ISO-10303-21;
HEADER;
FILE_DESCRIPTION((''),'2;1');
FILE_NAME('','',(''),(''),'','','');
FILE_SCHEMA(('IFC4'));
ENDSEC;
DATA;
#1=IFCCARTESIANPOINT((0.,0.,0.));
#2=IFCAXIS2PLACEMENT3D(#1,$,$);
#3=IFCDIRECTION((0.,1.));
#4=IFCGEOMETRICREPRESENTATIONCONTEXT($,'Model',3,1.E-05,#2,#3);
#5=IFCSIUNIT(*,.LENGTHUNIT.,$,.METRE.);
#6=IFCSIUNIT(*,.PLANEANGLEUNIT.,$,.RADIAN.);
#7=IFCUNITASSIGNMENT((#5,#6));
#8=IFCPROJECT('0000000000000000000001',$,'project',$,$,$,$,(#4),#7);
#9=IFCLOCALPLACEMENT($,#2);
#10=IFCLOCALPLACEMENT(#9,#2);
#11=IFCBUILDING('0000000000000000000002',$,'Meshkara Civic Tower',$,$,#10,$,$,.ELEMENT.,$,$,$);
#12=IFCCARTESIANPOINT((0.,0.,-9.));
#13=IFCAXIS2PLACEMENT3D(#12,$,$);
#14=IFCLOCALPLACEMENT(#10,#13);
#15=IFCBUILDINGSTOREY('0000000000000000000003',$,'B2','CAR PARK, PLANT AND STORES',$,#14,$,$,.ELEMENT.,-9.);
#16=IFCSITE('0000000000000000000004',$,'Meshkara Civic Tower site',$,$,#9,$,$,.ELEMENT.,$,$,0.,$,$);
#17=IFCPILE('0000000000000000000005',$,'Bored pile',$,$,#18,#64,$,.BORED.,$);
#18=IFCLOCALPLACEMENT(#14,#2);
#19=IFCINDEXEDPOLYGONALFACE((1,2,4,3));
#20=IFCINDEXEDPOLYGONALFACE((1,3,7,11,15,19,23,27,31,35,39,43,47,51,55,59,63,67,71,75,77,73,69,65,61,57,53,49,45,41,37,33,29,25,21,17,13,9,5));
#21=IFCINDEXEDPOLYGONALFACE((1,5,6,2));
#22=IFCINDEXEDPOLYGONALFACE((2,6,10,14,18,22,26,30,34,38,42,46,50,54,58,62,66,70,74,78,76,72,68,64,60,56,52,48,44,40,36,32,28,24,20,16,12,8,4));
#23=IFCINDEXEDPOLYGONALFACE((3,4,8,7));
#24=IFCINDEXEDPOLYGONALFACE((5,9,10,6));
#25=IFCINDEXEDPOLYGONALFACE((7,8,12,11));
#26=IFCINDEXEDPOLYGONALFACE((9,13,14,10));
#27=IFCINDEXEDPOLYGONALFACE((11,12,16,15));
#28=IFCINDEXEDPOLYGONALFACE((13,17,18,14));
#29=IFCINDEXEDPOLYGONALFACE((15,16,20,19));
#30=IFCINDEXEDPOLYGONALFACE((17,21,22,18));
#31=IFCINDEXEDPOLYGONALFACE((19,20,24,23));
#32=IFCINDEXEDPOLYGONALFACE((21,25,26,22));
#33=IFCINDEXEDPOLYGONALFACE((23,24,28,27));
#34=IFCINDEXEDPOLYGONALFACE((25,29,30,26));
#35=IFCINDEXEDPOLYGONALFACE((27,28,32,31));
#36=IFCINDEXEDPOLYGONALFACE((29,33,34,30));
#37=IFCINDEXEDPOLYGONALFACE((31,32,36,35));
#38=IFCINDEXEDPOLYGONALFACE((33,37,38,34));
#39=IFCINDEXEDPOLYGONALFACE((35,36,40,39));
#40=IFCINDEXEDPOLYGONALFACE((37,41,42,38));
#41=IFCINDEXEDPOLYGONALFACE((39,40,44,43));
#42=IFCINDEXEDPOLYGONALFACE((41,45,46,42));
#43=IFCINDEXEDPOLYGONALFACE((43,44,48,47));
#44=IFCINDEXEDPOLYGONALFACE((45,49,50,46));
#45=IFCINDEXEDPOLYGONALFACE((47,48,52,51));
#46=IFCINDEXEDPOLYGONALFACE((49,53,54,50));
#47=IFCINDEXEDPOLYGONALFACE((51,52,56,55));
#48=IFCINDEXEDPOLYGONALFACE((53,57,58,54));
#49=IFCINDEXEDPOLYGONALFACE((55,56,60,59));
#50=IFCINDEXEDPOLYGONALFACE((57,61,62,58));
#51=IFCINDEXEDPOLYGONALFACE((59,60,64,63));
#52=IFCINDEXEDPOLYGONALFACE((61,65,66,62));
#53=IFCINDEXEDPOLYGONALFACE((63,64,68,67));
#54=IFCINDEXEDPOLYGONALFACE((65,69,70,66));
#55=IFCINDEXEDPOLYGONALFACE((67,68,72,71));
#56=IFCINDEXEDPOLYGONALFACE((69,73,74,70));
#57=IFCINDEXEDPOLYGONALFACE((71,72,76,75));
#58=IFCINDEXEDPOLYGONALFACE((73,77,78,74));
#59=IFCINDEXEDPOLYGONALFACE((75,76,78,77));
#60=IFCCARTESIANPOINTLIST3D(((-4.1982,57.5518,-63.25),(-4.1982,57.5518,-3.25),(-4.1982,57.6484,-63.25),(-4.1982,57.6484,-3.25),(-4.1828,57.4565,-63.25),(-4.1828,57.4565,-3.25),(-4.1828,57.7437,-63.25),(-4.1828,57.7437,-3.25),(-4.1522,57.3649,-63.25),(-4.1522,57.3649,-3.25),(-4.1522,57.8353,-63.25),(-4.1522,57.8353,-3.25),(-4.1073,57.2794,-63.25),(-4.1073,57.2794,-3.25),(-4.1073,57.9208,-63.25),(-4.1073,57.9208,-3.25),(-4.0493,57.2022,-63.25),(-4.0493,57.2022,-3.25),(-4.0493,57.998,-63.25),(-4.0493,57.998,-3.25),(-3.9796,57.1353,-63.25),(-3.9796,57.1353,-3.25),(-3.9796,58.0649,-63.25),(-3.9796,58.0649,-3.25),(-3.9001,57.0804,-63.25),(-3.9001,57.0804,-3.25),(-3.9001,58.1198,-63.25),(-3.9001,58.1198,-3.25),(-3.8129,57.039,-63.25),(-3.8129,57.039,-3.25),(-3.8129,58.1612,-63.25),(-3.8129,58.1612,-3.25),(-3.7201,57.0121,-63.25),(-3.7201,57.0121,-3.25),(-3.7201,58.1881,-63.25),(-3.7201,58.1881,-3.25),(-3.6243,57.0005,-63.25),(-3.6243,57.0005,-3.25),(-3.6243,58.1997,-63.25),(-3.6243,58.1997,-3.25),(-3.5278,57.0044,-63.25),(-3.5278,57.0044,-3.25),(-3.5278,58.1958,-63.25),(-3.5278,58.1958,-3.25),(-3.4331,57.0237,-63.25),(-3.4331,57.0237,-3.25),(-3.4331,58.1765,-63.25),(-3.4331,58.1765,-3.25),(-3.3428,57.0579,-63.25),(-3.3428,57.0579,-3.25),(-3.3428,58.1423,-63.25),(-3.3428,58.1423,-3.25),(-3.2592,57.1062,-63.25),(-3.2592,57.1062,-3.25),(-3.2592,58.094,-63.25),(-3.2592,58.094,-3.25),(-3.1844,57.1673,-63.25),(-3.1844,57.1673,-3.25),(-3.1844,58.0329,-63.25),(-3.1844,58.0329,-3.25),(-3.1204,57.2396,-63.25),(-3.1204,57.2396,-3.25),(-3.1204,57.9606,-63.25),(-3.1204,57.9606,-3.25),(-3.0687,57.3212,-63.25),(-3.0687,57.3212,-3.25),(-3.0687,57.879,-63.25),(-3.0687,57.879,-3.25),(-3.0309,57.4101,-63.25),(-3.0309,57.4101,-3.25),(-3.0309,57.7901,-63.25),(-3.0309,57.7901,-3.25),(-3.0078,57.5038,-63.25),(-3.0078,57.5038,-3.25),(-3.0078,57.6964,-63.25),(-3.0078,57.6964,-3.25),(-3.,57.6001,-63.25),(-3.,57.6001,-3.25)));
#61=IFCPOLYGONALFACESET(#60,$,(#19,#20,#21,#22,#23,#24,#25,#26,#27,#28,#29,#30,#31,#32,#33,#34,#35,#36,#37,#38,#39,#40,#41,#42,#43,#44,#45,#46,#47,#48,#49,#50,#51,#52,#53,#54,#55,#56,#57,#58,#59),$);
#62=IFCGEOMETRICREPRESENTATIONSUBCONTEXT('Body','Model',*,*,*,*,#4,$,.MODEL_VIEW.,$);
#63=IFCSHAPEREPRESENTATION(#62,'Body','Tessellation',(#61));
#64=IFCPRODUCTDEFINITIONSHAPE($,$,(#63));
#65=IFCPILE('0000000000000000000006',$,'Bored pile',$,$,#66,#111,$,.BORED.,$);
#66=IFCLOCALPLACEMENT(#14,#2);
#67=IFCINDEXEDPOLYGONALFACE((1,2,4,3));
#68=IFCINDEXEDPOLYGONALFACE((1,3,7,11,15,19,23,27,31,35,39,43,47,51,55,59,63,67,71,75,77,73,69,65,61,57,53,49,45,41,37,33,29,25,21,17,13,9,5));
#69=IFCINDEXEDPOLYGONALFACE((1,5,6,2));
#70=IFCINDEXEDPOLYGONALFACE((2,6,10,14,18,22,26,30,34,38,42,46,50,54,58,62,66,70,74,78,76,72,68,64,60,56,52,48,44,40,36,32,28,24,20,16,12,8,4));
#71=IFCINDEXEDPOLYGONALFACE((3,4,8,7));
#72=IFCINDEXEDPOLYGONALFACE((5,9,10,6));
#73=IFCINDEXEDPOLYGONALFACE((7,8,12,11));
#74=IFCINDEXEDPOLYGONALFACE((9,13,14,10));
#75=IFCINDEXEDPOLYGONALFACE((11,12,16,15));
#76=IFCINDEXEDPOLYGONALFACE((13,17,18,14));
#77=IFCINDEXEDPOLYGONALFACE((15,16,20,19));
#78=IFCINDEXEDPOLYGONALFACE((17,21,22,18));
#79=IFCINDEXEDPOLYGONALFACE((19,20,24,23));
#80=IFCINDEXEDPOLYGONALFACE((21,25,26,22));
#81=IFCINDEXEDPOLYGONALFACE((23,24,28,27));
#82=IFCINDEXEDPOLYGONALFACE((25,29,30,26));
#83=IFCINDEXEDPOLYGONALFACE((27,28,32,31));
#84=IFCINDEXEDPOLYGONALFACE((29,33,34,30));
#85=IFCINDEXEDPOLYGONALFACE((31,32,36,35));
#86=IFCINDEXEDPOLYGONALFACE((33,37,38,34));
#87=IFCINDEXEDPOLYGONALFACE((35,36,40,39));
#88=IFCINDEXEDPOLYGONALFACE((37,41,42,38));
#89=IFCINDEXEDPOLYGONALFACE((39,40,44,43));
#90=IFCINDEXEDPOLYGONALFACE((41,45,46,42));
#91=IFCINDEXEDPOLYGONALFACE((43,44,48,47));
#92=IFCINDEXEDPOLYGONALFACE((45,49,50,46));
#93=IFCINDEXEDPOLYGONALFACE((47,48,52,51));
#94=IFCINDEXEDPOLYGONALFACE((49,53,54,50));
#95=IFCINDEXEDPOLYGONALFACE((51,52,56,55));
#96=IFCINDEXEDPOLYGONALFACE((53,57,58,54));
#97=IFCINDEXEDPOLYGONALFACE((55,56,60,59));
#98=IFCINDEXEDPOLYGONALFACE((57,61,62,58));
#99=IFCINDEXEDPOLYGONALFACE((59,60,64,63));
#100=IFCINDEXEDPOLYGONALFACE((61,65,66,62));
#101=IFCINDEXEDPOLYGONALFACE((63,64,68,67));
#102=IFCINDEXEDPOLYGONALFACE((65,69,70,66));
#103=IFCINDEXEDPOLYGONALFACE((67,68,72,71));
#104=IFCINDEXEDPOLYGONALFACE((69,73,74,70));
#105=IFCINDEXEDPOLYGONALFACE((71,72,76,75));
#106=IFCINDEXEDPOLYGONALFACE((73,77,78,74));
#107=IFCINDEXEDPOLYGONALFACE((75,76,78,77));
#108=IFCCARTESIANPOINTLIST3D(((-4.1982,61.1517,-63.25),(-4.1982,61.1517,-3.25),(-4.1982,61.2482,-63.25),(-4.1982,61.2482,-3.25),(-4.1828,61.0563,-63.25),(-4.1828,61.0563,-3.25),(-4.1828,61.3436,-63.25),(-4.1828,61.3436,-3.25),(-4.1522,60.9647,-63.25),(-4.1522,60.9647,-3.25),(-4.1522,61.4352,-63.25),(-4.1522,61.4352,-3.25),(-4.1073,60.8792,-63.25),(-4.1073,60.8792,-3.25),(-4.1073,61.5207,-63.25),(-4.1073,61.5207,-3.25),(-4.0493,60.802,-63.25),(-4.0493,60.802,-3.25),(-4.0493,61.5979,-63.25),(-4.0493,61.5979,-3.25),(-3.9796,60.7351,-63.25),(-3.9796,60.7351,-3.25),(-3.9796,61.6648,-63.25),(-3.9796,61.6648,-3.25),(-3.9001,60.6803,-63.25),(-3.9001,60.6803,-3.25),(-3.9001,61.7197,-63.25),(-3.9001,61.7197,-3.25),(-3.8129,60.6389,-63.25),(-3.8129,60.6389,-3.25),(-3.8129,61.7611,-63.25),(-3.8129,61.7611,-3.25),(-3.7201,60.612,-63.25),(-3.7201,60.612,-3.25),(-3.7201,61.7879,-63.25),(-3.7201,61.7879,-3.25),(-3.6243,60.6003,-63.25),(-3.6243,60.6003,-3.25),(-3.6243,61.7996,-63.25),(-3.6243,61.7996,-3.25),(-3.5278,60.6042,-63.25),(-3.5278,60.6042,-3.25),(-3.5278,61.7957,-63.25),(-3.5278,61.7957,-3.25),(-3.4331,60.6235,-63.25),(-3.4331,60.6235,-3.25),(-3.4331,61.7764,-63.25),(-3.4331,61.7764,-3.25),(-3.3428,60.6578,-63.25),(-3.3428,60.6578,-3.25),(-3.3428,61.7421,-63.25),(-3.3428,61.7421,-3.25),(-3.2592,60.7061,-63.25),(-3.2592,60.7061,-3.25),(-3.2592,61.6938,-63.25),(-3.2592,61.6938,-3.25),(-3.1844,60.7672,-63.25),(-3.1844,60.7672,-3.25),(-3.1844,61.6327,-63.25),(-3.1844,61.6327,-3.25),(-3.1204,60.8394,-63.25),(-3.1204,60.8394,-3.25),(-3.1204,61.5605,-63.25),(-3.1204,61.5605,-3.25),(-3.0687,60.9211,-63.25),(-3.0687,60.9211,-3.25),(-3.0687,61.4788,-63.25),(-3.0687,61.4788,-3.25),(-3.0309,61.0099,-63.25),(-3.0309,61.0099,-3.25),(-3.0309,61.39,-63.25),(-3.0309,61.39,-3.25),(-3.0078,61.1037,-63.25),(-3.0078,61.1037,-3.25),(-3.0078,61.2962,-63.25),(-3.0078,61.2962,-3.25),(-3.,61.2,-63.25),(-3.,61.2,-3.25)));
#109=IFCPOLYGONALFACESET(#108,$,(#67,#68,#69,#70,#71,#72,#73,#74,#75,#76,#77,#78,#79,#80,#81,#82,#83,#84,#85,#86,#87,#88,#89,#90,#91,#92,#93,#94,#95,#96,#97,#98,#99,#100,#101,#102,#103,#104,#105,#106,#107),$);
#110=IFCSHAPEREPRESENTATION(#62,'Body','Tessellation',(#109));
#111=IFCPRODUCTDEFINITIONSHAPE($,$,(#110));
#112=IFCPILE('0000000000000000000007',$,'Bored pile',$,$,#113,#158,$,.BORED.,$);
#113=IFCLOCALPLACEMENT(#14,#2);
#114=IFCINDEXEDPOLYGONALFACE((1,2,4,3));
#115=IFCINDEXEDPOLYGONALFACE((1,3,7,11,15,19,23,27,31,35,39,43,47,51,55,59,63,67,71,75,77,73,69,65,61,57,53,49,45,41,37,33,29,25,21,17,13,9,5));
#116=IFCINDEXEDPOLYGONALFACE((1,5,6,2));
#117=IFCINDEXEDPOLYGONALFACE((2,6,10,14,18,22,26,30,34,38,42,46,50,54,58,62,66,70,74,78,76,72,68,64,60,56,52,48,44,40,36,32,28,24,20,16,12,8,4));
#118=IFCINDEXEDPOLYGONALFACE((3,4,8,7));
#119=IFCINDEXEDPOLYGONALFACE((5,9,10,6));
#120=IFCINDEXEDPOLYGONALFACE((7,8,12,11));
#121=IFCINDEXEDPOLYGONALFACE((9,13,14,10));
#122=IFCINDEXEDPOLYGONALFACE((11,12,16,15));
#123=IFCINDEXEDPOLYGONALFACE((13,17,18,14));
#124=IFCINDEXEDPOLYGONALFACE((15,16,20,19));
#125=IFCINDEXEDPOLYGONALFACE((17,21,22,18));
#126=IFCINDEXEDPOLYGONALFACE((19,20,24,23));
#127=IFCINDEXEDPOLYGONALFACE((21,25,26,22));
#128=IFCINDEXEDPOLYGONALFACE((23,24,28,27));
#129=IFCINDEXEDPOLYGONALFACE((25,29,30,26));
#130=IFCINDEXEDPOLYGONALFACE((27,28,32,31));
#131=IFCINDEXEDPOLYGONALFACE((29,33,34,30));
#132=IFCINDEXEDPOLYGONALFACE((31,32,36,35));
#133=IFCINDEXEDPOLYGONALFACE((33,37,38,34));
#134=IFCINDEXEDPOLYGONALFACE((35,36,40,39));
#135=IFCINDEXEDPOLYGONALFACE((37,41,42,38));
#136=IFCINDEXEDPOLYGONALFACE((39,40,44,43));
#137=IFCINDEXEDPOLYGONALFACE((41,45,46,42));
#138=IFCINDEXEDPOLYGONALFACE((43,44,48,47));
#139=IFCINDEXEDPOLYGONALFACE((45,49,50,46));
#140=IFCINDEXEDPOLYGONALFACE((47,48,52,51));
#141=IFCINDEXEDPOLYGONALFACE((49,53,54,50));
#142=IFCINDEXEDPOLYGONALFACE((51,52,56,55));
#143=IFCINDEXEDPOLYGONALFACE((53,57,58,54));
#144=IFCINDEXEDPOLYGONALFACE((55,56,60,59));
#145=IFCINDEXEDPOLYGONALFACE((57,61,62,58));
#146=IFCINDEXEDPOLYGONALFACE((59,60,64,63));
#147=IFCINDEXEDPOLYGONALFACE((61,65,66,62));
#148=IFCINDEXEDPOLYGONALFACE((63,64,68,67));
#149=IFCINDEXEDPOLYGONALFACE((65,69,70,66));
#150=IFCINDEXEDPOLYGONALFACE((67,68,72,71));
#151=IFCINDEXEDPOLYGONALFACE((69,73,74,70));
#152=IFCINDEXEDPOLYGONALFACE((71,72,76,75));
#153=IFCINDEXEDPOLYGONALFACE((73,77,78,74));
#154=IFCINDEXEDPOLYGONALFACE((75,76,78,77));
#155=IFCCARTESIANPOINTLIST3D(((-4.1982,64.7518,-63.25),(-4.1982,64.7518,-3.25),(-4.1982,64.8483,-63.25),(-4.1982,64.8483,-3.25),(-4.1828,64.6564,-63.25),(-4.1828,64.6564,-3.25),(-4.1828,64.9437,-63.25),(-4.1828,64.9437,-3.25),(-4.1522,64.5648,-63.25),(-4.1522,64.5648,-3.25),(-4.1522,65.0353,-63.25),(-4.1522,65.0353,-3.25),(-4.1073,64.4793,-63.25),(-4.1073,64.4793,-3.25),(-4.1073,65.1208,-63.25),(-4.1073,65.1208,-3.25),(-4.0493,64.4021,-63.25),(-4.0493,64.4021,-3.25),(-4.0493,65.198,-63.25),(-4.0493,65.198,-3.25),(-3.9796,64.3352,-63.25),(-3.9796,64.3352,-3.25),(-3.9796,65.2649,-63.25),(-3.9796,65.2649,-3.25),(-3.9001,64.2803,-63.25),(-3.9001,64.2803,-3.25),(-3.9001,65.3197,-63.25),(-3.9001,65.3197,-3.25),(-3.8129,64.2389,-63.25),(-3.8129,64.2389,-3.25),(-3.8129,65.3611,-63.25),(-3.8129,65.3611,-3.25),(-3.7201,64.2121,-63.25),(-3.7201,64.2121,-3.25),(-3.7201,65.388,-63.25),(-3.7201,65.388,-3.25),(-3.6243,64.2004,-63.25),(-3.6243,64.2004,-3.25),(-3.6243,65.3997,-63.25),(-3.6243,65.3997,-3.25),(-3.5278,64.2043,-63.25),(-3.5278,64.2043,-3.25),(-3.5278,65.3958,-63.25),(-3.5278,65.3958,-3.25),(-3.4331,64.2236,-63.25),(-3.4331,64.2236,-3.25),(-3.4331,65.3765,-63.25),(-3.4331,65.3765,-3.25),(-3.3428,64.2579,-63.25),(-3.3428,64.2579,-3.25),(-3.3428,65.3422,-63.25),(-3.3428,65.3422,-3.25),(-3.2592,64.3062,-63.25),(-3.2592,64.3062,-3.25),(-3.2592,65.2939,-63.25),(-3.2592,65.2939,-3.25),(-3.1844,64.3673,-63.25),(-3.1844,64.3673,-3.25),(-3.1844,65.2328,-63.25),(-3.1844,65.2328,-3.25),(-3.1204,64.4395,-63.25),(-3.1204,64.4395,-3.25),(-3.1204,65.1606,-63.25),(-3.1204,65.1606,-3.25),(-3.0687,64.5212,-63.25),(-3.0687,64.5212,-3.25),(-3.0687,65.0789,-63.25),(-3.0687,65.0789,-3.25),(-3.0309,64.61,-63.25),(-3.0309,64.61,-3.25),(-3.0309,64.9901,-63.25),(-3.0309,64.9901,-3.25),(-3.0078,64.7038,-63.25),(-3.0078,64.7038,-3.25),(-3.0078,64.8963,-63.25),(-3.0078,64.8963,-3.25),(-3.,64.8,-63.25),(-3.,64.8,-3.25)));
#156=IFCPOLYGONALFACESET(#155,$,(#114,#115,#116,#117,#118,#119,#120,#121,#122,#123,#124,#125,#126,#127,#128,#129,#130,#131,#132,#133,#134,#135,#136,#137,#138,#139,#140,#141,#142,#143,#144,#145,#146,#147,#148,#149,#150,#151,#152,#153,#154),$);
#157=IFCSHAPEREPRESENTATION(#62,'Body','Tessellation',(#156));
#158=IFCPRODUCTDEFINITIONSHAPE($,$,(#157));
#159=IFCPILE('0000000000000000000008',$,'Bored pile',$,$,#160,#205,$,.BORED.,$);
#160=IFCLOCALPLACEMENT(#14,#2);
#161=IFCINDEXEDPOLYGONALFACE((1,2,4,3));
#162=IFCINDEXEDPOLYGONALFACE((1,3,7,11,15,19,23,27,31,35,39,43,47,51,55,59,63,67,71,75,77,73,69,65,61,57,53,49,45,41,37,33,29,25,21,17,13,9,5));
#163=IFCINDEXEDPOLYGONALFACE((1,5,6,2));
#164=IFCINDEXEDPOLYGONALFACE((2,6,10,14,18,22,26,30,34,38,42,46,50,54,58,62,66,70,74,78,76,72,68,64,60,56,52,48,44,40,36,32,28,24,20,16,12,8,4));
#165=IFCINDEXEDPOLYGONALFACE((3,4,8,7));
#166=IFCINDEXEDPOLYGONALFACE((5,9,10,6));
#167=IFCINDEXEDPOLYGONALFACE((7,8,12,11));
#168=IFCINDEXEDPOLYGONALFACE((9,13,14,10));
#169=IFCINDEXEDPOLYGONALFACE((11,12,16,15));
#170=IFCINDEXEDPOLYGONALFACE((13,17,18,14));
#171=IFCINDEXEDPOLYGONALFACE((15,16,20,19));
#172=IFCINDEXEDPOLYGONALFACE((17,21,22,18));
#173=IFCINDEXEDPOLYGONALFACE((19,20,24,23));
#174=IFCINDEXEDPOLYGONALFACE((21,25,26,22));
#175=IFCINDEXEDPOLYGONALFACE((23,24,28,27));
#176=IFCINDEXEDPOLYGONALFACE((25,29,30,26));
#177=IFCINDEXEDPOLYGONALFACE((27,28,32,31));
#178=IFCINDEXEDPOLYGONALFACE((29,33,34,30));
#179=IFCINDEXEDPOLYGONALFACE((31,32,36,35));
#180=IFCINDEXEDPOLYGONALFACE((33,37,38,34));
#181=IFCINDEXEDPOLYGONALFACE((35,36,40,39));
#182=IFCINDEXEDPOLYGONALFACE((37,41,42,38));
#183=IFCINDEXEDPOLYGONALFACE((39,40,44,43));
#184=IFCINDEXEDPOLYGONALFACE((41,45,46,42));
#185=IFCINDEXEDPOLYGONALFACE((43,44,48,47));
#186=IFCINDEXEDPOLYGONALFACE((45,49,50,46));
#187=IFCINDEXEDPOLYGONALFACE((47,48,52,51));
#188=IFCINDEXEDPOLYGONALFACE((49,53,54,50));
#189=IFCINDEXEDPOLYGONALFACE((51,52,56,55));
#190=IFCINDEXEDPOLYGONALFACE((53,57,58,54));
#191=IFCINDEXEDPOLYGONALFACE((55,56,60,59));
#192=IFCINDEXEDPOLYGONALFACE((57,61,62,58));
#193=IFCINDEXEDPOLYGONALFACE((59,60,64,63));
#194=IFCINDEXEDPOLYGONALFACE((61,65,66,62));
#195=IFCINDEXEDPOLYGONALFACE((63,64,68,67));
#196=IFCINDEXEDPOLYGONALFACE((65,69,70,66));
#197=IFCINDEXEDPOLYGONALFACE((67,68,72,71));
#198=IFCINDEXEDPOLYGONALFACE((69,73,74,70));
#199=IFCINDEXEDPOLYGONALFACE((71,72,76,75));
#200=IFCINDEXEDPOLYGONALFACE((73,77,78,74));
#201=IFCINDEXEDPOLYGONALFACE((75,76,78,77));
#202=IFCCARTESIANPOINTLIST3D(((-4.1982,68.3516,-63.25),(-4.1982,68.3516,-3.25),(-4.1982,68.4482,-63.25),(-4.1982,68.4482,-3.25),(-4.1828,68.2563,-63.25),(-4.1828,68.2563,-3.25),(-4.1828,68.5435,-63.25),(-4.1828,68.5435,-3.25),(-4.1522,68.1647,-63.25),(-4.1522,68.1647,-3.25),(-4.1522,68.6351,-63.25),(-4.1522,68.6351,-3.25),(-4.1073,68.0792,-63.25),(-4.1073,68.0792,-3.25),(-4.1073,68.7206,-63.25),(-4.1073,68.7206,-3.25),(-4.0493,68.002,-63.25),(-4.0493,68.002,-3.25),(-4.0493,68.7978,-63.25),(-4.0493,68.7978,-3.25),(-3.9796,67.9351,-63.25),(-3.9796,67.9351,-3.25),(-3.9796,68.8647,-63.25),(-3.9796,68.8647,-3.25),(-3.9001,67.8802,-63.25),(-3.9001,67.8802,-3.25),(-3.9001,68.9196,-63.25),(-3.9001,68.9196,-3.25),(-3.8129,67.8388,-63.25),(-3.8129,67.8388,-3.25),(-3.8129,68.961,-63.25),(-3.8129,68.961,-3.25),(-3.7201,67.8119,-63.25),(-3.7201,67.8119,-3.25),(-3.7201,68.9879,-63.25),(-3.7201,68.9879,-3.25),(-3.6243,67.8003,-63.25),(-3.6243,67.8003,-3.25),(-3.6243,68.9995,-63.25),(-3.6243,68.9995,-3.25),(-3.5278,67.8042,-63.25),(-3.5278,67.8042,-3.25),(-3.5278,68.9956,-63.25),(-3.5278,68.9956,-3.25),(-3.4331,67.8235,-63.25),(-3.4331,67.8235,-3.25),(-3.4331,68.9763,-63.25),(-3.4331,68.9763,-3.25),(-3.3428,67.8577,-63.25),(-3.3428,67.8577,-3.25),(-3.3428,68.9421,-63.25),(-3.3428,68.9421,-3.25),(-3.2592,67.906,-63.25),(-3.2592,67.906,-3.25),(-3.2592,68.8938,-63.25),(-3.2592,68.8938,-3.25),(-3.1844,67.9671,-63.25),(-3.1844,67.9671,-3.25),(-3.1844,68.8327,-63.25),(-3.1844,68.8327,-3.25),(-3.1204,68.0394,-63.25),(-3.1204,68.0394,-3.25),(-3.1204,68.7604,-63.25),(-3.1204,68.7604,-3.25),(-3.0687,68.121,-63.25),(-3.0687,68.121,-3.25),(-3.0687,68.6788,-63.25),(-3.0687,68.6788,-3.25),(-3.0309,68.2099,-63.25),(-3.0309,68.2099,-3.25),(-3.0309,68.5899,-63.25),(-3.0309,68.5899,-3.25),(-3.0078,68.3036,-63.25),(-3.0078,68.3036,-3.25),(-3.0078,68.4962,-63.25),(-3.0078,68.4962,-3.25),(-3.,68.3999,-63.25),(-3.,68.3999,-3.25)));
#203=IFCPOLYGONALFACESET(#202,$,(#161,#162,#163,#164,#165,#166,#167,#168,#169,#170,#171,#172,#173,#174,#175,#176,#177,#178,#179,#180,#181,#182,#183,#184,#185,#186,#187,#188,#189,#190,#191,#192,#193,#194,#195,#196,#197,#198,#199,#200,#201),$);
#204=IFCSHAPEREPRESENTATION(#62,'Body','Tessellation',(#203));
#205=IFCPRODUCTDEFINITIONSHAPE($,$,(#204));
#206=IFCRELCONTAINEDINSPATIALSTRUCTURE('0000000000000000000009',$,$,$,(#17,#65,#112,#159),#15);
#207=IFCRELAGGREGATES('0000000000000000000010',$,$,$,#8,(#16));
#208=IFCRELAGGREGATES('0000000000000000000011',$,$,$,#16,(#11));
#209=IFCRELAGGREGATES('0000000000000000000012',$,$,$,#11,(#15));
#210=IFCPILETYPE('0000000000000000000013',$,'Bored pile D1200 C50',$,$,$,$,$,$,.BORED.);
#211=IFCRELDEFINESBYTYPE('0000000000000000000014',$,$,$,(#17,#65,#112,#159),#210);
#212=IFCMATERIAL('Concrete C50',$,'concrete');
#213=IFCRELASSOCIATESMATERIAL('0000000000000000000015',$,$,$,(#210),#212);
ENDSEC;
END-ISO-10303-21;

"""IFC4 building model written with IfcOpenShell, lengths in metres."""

from ifc_helpers import new_model, si_unit, direction, frame, origin, origin_2d, place, context, subcontext, project, spatial, circle, extrude, material, material_profile, profile_set, type_object, element, save


model = new_model("IFC4")

# Units and contexts
model_context = context("Model", 3, precision=1e-05, world=origin(), true_north=direction((0.0, 1.0)))
body_context = subcontext(model_context, "Body", "Model", "MODEL_VIEW")
ifc_project = project(units=[si_unit("LENGTHUNIT", "METRE"), si_unit("PLANEANGLEUNIT", "RADIAN")], contexts=[model_context])

# Site, building, storey
site_placement = place(None, origin())
site = spatial("IfcSite", under=ifc_project, at=site_placement, Name="Meshkara Civic Tower site", CompositionType="ELEMENT", RefElevation=0.0)
building_placement = place(site_placement, origin())
building = spatial("IfcBuilding", under=site, at=building_placement, Name="Meshkara Civic Tower", CompositionType="ELEMENT")
storey_placement = place(building_placement, frame((0.0, 0.0, -9.0)))
storey = spatial("IfcBuildingStorey", under=building, at=storey_placement, Name="B2", Description="CAR PARK, PLANT AND STORES", CompositionType="ELEMENT", Elevation=-9.0)

# Piles
ifc_material_1 = material(Name="Concrete C50", Category="concrete")
ifc_material_profile_1 = material_profile(ifc_material_1, circle(Radius=0.6001, at=origin_2d()))
ifc_profile_set_1 = profile_set([ifc_material_profile_1], Name="Concrete C50")
pile_type = type_object("IfcPileType", Name="Bored pile D1200 C50", PredefinedType="BORED", material=ifc_profile_set_1)
for number, where, z_axis, x_axis, name in (
    (1, (-3.6001, 57.6001, -3.25), (0.0, 0.0, -1.0), (1.0, 0.0, 0.0), "Bored pile"),
    (2, (-3.6001, 61.2, -3.25), (0.0, 0.0, -1.0), (1.0, 0.0, 0.0), "Bored pile"),
    (3, (-3.6001, 64.8, -3.25), (0.0, 0.0, -1.0), (1.0, 0.0, 0.0), "Bored pile"),
    (4, (-3.6001, 68.3999, -3.25), (0.0, 0.0, -1.0), (1.0, 0.0, 0.0), "Bored pile"),
):
    element("IfcPile", number, at=place(storey_placement, frame(where, z_axis=z_axis, x_axis=x_axis)), inside=storey, type_object=pile_type, Name=name, PredefinedType="BORED", context=body_context, shape_type="SweptSolid", body=[
        extrude(circle(Radius=0.6001, at=origin_2d()), origin(), (0.0, 0.0, 1.0), 60.0),
    ])

save(model, "model.ifc")
